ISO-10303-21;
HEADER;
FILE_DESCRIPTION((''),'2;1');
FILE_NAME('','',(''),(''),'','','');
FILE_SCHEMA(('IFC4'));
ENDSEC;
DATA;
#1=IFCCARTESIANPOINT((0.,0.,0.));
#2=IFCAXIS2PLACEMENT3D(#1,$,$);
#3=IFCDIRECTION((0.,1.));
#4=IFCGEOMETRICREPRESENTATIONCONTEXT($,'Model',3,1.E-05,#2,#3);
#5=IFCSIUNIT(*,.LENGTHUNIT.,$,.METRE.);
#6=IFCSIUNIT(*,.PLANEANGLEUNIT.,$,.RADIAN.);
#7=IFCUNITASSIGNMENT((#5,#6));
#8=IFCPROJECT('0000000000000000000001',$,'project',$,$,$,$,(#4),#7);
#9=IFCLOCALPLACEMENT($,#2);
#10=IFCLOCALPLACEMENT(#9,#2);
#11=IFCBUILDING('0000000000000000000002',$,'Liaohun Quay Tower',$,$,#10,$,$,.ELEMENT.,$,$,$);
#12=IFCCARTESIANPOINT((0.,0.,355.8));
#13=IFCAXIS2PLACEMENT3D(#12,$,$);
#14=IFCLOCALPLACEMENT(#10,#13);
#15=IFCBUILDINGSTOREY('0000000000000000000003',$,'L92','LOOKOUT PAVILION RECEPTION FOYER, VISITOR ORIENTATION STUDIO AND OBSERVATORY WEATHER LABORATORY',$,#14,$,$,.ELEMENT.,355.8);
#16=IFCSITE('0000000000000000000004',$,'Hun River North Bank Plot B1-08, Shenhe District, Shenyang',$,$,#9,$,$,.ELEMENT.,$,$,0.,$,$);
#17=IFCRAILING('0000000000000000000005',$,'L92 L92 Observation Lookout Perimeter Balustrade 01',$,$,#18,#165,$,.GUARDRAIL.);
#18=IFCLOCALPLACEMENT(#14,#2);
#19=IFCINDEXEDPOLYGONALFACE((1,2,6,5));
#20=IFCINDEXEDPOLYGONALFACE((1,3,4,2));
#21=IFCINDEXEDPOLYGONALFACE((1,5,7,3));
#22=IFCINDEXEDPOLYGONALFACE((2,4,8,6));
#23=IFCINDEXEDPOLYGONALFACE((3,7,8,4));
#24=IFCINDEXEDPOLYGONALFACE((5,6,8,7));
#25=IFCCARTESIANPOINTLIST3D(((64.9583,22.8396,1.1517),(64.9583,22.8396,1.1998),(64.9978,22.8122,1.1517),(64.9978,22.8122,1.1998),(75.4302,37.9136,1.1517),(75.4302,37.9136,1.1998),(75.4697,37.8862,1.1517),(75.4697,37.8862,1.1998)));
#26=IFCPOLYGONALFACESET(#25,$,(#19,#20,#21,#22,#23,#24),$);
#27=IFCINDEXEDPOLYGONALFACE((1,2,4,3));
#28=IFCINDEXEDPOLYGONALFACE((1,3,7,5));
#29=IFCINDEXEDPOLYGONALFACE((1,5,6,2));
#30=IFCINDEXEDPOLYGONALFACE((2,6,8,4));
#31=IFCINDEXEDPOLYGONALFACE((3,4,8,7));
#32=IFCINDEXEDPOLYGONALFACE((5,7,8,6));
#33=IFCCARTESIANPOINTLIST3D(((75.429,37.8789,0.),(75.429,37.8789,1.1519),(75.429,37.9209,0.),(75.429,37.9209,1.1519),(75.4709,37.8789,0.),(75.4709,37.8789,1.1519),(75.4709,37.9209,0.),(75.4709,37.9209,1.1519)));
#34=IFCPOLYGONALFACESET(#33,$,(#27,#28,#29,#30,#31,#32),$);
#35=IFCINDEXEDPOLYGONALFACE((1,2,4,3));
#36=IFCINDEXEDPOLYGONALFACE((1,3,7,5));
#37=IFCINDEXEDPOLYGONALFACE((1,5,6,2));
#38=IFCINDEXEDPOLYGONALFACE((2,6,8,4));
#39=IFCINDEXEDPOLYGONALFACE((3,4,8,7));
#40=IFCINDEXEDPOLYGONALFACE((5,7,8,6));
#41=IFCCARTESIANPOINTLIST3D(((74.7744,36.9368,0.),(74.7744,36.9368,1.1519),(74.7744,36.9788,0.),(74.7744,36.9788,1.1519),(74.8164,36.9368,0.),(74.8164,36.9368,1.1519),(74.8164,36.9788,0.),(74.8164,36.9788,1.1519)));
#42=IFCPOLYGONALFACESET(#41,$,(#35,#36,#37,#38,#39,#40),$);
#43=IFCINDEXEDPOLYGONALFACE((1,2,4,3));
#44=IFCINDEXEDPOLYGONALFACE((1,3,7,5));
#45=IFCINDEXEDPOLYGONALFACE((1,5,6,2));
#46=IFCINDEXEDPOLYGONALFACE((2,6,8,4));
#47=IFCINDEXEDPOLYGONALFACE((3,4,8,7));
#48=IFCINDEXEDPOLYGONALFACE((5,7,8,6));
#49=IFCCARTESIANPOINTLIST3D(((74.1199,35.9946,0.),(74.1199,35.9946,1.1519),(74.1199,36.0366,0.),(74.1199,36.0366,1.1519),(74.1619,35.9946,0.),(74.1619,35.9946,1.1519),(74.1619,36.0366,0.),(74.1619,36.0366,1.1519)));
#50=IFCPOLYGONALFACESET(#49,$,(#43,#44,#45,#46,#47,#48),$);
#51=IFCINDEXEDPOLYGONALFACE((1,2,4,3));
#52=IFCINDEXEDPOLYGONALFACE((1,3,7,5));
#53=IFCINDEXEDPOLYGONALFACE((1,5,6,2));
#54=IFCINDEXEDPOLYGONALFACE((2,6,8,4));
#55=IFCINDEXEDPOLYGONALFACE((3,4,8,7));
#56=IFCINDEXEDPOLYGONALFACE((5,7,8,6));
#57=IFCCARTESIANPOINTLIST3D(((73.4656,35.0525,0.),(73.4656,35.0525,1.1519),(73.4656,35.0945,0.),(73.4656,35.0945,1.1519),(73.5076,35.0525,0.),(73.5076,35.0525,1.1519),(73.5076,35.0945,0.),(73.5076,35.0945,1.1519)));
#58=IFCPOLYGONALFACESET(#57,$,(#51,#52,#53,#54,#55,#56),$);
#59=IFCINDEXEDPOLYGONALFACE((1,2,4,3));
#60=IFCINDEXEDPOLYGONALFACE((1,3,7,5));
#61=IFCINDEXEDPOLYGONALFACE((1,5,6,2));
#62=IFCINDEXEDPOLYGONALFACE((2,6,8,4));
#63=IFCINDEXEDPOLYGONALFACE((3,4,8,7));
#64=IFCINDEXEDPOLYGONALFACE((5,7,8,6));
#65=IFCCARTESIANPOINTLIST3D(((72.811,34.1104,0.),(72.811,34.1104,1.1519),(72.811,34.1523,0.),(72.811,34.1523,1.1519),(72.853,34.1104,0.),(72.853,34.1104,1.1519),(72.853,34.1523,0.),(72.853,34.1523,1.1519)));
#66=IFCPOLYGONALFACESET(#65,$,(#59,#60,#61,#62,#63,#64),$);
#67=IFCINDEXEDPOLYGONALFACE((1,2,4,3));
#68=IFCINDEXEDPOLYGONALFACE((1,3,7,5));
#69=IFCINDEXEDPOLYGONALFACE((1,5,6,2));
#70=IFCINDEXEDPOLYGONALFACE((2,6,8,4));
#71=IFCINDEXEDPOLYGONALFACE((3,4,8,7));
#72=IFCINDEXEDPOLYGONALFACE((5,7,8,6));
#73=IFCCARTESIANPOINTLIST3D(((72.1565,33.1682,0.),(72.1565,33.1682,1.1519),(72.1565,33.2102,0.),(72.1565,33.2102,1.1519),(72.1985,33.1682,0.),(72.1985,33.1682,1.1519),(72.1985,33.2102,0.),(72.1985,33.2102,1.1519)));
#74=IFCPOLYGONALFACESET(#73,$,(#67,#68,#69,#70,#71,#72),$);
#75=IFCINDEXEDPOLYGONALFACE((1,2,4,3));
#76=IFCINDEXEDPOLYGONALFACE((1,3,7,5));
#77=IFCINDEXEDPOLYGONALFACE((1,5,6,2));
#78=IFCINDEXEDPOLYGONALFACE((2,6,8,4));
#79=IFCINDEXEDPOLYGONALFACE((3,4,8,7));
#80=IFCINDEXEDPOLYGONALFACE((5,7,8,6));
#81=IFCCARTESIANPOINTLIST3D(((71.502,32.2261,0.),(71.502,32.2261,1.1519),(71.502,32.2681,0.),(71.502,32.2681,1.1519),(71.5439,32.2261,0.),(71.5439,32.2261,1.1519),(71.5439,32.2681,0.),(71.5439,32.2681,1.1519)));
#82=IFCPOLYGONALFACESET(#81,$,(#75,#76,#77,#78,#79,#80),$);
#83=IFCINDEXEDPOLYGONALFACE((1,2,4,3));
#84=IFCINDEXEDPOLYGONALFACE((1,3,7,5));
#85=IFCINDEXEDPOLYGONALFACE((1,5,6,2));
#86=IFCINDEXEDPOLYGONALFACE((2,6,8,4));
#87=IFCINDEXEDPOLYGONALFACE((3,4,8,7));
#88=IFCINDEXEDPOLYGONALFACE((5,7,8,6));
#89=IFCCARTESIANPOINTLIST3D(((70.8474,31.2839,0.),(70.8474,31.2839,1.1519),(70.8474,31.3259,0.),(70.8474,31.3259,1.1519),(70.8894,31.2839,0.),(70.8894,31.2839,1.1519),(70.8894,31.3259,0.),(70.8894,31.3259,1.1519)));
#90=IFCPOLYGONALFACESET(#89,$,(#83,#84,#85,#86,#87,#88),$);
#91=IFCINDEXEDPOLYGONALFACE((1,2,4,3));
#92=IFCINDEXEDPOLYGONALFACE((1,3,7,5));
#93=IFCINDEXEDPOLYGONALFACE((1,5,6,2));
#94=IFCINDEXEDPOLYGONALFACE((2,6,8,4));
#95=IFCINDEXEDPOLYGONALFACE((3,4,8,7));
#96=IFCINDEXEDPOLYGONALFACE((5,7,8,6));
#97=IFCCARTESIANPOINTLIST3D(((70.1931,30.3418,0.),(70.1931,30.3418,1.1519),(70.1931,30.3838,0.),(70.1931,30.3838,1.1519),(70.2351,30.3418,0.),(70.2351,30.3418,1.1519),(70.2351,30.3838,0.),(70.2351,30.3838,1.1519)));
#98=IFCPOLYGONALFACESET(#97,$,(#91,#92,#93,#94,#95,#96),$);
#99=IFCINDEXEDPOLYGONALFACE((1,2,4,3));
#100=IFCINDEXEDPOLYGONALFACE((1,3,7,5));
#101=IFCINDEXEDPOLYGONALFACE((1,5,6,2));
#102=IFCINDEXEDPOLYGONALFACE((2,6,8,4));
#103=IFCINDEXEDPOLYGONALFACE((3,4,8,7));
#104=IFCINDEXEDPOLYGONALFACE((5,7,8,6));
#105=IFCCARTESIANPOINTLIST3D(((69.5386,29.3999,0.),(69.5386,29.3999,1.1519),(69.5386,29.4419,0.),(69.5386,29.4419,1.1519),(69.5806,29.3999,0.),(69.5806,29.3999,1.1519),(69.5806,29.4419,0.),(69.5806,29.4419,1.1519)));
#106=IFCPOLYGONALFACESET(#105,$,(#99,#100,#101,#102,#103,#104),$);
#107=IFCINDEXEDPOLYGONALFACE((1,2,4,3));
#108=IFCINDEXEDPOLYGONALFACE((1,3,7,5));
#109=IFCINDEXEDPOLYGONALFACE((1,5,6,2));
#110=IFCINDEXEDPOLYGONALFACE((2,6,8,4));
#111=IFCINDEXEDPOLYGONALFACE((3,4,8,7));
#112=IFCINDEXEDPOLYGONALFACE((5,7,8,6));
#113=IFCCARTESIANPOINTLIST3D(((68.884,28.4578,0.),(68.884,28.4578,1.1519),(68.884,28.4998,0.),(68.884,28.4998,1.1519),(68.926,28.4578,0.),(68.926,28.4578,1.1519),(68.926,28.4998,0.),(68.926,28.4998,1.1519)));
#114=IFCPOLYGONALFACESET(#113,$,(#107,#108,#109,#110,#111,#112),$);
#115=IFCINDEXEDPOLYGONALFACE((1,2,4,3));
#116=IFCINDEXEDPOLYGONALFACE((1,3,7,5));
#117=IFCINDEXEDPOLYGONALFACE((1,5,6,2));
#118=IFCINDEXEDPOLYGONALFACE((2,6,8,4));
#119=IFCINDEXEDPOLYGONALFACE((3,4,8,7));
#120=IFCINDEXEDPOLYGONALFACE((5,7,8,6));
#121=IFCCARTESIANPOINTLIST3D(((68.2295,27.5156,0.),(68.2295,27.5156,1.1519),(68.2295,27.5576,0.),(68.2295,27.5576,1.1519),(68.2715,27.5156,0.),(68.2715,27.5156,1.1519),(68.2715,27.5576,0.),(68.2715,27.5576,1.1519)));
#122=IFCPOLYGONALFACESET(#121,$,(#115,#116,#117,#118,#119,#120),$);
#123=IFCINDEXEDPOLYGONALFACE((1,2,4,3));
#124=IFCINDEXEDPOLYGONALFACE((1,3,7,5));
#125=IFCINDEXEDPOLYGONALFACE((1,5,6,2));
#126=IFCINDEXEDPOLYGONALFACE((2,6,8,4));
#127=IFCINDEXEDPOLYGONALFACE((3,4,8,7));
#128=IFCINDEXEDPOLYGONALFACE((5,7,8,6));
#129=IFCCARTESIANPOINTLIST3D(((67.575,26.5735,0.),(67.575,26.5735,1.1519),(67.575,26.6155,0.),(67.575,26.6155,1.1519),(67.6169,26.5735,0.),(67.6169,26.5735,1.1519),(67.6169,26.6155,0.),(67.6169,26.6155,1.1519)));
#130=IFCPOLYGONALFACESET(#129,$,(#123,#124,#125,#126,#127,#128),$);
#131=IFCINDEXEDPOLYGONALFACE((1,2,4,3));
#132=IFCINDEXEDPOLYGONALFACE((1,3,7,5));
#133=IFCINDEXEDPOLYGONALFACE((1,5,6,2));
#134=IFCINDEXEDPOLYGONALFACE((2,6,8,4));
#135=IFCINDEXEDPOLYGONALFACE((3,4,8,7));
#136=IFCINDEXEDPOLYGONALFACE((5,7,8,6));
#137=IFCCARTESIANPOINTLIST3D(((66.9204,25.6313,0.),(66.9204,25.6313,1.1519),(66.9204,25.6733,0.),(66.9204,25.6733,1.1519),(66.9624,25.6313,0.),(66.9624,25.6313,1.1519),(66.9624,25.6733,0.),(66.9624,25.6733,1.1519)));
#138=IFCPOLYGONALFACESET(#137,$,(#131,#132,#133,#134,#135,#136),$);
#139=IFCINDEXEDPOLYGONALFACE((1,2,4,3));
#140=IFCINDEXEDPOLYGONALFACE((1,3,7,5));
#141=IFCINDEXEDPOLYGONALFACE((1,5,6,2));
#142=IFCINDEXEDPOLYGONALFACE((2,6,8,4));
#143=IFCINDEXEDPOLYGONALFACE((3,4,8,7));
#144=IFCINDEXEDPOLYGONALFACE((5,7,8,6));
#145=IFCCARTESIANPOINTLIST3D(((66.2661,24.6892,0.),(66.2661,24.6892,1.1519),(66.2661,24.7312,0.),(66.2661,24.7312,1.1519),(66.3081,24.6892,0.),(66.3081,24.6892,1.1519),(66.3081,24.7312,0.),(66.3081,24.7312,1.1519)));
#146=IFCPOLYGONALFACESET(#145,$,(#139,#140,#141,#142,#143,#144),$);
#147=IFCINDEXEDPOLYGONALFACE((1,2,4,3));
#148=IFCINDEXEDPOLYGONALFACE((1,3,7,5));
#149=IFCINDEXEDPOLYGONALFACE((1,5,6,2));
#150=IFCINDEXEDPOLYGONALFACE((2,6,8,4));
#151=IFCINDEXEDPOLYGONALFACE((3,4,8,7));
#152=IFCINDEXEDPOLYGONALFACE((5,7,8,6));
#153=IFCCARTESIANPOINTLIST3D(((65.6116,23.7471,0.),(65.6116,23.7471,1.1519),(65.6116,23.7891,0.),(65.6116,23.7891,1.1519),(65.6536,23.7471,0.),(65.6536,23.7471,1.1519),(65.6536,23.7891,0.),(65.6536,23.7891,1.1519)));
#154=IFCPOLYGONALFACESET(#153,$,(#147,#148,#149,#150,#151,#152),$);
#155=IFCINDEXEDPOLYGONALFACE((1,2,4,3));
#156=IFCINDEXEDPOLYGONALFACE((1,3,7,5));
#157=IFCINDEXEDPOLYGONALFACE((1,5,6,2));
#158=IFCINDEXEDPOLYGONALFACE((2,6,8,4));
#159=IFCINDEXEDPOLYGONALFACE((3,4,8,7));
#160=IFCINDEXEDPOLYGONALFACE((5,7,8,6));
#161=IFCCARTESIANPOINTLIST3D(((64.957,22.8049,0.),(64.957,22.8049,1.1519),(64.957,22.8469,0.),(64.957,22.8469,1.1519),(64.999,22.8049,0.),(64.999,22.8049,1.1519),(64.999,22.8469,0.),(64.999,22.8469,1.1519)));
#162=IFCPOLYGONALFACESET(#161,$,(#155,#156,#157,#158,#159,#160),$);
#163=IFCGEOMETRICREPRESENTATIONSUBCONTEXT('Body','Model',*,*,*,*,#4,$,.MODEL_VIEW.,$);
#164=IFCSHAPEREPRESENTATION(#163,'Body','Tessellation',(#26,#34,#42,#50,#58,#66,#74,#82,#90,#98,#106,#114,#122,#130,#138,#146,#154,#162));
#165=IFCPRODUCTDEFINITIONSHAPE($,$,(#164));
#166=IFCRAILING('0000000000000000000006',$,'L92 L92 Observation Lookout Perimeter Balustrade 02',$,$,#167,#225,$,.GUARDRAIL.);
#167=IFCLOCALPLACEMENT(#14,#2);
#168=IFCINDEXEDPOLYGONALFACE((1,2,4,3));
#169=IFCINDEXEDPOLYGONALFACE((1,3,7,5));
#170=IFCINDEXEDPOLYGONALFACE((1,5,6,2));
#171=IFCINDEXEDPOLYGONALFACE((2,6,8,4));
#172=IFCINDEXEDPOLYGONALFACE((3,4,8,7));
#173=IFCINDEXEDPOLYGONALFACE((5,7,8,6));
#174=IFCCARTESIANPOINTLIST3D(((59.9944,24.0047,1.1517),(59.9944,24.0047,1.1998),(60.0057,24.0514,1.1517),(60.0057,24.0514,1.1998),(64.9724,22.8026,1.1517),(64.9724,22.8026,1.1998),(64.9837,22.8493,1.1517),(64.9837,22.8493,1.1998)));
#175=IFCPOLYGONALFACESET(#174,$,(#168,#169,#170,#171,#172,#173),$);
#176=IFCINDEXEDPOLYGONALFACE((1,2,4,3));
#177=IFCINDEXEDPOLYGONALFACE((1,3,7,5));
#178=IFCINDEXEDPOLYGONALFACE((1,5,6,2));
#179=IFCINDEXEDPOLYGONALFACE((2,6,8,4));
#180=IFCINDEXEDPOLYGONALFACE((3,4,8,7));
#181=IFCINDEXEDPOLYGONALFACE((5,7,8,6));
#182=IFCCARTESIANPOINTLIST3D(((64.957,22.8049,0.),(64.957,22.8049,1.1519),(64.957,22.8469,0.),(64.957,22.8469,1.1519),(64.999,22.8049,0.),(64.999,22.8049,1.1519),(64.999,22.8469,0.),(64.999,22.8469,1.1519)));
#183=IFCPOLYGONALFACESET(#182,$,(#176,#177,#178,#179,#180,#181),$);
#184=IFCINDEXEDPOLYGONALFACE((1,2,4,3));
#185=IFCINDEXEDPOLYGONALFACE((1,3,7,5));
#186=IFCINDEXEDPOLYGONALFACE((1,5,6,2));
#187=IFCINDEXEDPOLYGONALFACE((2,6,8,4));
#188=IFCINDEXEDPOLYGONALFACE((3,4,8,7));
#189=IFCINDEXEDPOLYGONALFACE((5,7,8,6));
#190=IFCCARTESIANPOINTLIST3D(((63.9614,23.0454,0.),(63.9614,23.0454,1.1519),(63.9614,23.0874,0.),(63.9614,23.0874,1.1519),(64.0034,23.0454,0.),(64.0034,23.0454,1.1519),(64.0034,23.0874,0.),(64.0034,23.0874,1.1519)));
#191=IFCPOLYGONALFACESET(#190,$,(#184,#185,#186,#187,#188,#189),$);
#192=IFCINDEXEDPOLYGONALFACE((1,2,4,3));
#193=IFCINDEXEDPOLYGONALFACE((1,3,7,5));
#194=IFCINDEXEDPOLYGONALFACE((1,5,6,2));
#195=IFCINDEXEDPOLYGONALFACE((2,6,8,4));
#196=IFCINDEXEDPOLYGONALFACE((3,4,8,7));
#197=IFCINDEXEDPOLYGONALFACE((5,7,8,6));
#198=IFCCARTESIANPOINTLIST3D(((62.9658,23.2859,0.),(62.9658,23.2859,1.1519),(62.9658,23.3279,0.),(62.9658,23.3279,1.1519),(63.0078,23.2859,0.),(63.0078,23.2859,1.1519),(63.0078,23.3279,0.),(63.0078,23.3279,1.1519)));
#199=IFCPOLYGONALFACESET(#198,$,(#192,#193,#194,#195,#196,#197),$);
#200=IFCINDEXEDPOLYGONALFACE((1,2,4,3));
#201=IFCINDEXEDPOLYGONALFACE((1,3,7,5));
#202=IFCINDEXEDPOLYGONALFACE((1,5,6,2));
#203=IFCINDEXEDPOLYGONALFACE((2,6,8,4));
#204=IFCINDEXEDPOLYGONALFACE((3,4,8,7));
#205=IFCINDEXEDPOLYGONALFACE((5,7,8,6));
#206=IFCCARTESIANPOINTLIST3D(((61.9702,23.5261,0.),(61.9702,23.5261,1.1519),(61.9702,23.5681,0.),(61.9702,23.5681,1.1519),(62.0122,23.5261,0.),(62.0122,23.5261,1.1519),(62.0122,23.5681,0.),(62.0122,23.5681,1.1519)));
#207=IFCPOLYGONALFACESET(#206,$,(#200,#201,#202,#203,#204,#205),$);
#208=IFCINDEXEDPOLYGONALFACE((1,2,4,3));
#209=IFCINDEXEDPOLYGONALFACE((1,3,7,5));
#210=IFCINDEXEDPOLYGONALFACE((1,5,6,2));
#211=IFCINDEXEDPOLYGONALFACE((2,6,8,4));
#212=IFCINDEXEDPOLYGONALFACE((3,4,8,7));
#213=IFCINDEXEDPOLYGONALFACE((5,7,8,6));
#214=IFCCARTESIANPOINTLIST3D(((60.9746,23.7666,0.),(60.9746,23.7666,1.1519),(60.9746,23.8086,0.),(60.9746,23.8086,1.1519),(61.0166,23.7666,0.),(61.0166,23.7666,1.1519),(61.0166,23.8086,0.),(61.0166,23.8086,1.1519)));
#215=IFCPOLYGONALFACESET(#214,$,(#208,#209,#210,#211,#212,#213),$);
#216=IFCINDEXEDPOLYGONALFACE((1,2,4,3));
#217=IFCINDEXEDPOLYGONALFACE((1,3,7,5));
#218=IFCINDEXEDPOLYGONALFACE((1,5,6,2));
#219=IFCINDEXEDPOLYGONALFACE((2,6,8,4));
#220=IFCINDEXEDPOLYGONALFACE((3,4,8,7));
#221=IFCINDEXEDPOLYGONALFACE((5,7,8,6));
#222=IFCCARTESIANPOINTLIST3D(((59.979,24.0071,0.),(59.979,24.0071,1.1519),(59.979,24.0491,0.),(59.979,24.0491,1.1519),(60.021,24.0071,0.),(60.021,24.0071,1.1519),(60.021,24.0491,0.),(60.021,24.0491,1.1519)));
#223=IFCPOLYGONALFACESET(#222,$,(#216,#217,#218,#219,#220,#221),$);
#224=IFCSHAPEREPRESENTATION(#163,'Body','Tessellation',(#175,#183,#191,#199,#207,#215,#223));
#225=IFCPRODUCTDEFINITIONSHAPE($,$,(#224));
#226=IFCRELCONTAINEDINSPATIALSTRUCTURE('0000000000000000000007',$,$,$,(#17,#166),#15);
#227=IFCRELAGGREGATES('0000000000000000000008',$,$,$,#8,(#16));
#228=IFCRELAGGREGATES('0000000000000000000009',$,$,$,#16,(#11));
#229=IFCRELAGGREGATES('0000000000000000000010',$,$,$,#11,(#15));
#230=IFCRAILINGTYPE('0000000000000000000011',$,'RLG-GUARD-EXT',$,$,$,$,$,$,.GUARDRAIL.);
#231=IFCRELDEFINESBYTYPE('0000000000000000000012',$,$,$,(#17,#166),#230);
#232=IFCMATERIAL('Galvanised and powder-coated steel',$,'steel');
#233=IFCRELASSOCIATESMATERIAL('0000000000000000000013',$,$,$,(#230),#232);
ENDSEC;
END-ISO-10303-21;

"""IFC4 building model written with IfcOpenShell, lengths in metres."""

from ifc_helpers import new_model, si_unit, direction, frame, origin, origin_2d, place, context, subcontext, project, spatial, rectangle, extrude, material, type_object, element, save


model = new_model("IFC4")

# Units and contexts
model_context = context("Model", 3, precision=1e-05, world=origin(), true_north=direction((0.0, 1.0)))
body_context = subcontext(model_context, "Body", "Model", "MODEL_VIEW")
ifc_project = project(units=[si_unit("LENGTHUNIT", "METRE"), si_unit("PLANEANGLEUNIT", "RADIAN")], contexts=[model_context])

# Site, building, storey
site_placement = place(None, origin())
site = spatial("IfcSite", under=ifc_project, at=site_placement, Name="Hun River North Bank Plot B1-08, Shenhe District, Shenyang", CompositionType="ELEMENT", RefElevation=0.0)
building_placement = place(site_placement, origin())
building = spatial("IfcBuilding", under=site, at=building_placement, Name="Liaohun Quay Tower", CompositionType="ELEMENT")
storey_placement = place(building_placement, frame((0.0, 0.0, 355.8)))
storey = spatial("IfcBuildingStorey", under=building, at=storey_placement, Name="L92", Description="LOOKOUT PAVILION RECEPTION FOYER, VISITOR ORIENTATION STUDIO AND OBSERVATORY WEATHER LABORATORY", CompositionType="ELEMENT", Elevation=355.8)

# Railings
ifc_material_1 = material(Name="Galvanised and powder-coated steel", Category="steel")
railing_type = type_object("IfcRailingType", Name="RLG-GUARD-EXT", PredefinedType="GUARDRAIL", material=ifc_material_1)
railing_1_placement = place(storey_placement, frame((75.45, 37.8999, 0.0)))
element("IfcRailing", 1, at=railing_1_placement, inside=storey, type_object=railing_type, Name="L92 L92 Observation Lookout Perimeter Balustrade 01", PredefinedType="GUARDRAIL", context=body_context, shape_type="SweptSolid", body=[
    extrude(rectangle(XDim=0.0481, YDim=0.0481, at=origin_2d()), frame((0.0, 0.0, 1.1758), z_axis=(-0.570539, -0.821271, 0.0), x_axis=(0.821271, -0.570539, 0.0)), (0.0, 0.0, 1.0), 18.3545),
    extrude(rectangle(XDim=0.042, YDim=0.042, at=origin_2d()), origin(), (0.0, 0.0, 1.0), 1.1519),
    extrude(rectangle(XDim=0.042, YDim=0.042, at=origin_2d()), frame((-0.6545, -0.9421, 0.0)), (0.0, 0.0, 1.0), 1.1519),
    extrude(rectangle(XDim=0.042, YDim=0.042, at=origin_2d()), frame((-1.3091, -1.8843, 0.0)), (0.0, 0.0, 1.0), 1.1519),
    extrude(rectangle(XDim=0.042, YDim=0.042, at=origin_2d()), frame((-1.9634, -2.8264, 0.0)), (0.0, 0.0, 1.0), 1.1519),
    extrude(rectangle(XDim=0.042, YDim=0.042, at=origin_2d()), frame((-2.6179, -3.7686, 0.0)), (0.0, 0.0, 1.0), 1.1519),
    extrude(rectangle(XDim=0.042, YDim=0.042, at=origin_2d()), frame((-3.2725, -4.7107, 0.0)), (0.0, 0.0, 1.0), 1.1519),
    extrude(rectangle(XDim=0.042, YDim=0.042, at=origin_2d()), frame((-3.927, -5.6528, 0.0)), (0.0, 0.0, 1.0), 1.1519),
    extrude(rectangle(XDim=0.042, YDim=0.042, at=origin_2d()), frame((-4.5815, -6.595, 0.0)), (0.0, 0.0, 1.0), 1.1519),
    extrude(rectangle(XDim=0.042, YDim=0.042, at=origin_2d()), frame((-5.2358, -7.5371, 0.0)), (0.0, 0.0, 1.0), 1.1519),
    extrude(rectangle(XDim=0.042, YDim=0.042, at=origin_2d()), frame((-5.8904, -8.479, 0.0)), (0.0, 0.0, 1.0), 1.1519),
    extrude(rectangle(XDim=0.042, YDim=0.042, at=origin_2d()), frame((-6.5449, -9.4211, 0.0)), (0.0, 0.0, 1.0), 1.1519),
    extrude(rectangle(XDim=0.042, YDim=0.042, at=origin_2d()), frame((-7.1995, -10.3633, 0.0)), (0.0, 0.0, 1.0), 1.1519),
    extrude(rectangle(XDim=0.042, YDim=0.042, at=origin_2d()), frame((-7.854, -11.3054, 0.0)), (0.0, 0.0, 1.0), 1.1519),
    extrude(rectangle(XDim=0.042, YDim=0.042, at=origin_2d()), frame((-8.5085, -12.2476, 0.0)), (0.0, 0.0, 1.0), 1.1519),
    extrude(rectangle(XDim=0.042, YDim=0.042, at=origin_2d()), frame((-9.1628, -13.1897, 0.0)), (0.0, 0.0, 1.0), 1.1519),
    extrude(rectangle(XDim=0.042, YDim=0.042, at=origin_2d()), frame((-9.8174, -14.1318, 0.0)), (0.0, 0.0, 1.0), 1.1519),
    extrude(rectangle(XDim=0.042, YDim=0.042, at=origin_2d()), frame((-10.4719, -15.074, 0.0)), (0.0, 0.0, 1.0), 1.1519),
])
railing_2_placement = place(storey_placement, frame((64.978, 22.8259, 0.0)))
element("IfcRailing", 2, at=railing_2_placement, inside=storey, type_object=railing_type, Name="L92 L92 Observation Lookout Perimeter Balustrade 02", PredefinedType="GUARDRAIL", context=body_context, shape_type="SweptSolid", body=[
    extrude(rectangle(XDim=0.0481, YDim=0.0481, at=origin_2d()), frame((0.0, 0.0, 1.1758), z_axis=(-0.972057, 0.234743, 0.0), x_axis=(-0.234743, -0.972057, 0.0)), (0.0, 0.0, 1.0), 5.1211),
    extrude(rectangle(XDim=0.042, YDim=0.042, at=origin_2d()), origin(), (0.0, 0.0, 1.0), 1.1519),
    extrude(rectangle(XDim=0.042, YDim=0.042, at=origin_2d()), frame((-0.9956, 0.2405, 0.0)), (0.0, 0.0, 1.0), 1.1519),
    extrude(rectangle(XDim=0.042, YDim=0.042, at=origin_2d()), frame((-1.9912, 0.481, 0.0)), (0.0, 0.0, 1.0), 1.1519),
    extrude(rectangle(XDim=0.042, YDim=0.042, at=origin_2d()), frame((-2.9868, 0.7212, 0.0)), (0.0, 0.0, 1.0), 1.1519),
    extrude(rectangle(XDim=0.042, YDim=0.042, at=origin_2d()), frame((-3.9824, 0.9617, 0.0)), (0.0, 0.0, 1.0), 1.1519),
    extrude(rectangle(XDim=0.042, YDim=0.042, at=origin_2d()), frame((-4.978, 1.2021, 0.0)), (0.0, 0.0, 1.0), 1.1519),
])

save(model, "model.ifc")
